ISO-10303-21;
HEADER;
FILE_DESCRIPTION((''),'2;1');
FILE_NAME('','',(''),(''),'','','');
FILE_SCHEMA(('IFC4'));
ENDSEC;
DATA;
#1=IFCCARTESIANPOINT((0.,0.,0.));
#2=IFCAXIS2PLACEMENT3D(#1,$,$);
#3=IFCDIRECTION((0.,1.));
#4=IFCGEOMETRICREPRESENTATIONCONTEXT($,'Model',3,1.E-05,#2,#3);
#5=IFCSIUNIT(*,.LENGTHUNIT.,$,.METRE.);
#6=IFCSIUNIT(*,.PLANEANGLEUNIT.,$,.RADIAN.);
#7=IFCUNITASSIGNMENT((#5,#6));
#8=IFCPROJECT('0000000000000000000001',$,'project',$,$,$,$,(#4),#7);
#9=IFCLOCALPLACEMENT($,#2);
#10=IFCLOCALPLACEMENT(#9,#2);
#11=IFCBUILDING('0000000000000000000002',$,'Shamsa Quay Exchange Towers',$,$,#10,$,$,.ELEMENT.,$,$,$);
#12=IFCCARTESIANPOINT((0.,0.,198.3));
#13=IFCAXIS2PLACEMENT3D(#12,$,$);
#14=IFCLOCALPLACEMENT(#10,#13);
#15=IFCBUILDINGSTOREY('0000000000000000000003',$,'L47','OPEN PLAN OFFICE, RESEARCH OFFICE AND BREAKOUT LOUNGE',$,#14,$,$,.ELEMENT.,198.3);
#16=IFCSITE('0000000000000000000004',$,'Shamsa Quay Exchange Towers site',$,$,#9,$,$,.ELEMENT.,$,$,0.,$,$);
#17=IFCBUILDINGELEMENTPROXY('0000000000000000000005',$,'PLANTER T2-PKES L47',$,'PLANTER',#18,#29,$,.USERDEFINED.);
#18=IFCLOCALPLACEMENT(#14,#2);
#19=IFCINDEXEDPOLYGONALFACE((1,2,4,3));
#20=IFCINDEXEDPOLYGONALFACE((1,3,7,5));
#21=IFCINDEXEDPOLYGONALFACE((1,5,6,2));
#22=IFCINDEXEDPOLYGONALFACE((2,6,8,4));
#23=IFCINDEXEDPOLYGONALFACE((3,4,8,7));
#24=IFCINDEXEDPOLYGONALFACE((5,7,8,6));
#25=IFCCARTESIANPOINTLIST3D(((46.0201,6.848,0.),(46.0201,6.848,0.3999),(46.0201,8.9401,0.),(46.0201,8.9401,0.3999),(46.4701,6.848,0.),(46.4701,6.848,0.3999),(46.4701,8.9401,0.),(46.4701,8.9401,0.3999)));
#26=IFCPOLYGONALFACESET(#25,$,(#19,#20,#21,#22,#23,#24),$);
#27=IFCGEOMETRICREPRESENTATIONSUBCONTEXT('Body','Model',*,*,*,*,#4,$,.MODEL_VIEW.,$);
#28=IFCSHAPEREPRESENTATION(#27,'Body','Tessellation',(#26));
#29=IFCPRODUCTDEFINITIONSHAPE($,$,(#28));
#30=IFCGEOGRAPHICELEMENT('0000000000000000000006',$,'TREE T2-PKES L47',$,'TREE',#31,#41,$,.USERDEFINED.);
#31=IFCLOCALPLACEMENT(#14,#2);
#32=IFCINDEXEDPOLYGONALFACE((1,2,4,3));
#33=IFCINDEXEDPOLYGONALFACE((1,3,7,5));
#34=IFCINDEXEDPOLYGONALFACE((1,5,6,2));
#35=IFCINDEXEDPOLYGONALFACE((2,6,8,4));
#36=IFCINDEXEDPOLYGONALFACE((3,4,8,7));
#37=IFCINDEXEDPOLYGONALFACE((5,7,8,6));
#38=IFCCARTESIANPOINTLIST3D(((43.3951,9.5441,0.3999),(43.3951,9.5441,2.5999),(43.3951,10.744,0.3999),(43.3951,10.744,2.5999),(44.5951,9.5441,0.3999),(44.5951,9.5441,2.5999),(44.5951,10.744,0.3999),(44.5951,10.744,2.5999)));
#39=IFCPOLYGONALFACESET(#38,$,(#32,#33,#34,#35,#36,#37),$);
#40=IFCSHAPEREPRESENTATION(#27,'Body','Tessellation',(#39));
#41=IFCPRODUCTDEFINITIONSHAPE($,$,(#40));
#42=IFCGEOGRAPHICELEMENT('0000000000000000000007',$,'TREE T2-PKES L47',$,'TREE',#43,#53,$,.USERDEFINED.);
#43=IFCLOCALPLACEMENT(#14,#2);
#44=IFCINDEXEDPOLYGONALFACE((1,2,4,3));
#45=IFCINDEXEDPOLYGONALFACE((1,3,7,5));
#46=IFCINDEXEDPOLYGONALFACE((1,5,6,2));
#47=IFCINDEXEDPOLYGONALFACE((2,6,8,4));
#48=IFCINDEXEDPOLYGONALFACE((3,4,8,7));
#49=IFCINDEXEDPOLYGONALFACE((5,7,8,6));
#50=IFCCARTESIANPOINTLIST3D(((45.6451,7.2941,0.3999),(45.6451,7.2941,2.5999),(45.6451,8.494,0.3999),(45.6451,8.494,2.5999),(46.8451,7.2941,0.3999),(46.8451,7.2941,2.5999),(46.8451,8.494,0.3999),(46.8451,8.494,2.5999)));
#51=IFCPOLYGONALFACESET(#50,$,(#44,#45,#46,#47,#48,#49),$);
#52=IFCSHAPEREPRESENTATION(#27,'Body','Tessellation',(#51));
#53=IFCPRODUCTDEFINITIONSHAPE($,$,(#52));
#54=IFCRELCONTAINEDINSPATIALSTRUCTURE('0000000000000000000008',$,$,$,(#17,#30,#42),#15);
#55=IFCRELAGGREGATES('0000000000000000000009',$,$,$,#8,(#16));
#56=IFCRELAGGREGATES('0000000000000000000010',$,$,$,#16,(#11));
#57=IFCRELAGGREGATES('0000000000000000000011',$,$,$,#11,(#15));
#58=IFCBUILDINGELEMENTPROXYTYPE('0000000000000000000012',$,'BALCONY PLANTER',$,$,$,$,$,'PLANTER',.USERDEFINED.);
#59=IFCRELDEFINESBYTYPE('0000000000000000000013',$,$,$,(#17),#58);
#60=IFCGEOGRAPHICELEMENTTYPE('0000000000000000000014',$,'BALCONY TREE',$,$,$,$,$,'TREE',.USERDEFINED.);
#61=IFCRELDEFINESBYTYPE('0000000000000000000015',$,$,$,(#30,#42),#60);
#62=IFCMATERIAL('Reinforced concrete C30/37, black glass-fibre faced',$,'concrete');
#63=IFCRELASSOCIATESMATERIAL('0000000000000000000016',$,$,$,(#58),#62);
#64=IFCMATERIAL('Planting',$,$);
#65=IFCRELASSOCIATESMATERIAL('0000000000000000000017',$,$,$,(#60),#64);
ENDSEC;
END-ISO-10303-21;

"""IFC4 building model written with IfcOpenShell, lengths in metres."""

from ifc_helpers import new_model, si_unit, direction, frame, origin, origin_2d, place, context, subcontext, project, spatial, rectangle, extrude, material, type_object, element, save


model = new_model("IFC4")

# Units and contexts
model_context = context("Model", 3, precision=1e-05, world=origin(), true_north=direction((0.0, 1.0)))
body_context = subcontext(model_context, "Body", "Model", "MODEL_VIEW")
ifc_project = project(units=[si_unit("LENGTHUNIT", "METRE"), si_unit("PLANEANGLEUNIT", "RADIAN")], contexts=[model_context])

# Site, building, storey
site_placement = place(None, origin())
site = spatial("IfcSite", under=ifc_project, at=site_placement, Name="Shamsa Quay Exchange Towers site", CompositionType="ELEMENT", RefElevation=0.0)
building_placement = place(site_placement, origin())
building = spatial("IfcBuilding", under=site, at=building_placement, Name="Shamsa Quay Exchange Towers", CompositionType="ELEMENT")
storey_placement = place(building_placement, frame((0.0, 0.0, 198.3)))
storey = spatial("IfcBuildingStorey", under=building, at=storey_placement, Name="L47", Description="OPEN PLAN OFFICE, RESEARCH OFFICE AND BREAKOUT LOUNGE", CompositionType="ELEMENT", Elevation=198.3)

# Building element proxy
ifc_material_1 = material(Name="Reinforced concrete C30/37, black glass-fibre faced", Category="concrete")
building_element_proxy_type = type_object("IfcBuildingElementProxyType", Name="BALCONY PLANTER", ElementType="PLANTER", PredefinedType="USERDEFINED", material=ifc_material_1)
for number, where, z_axis, x_axis, name in (
    (1, (46.2451, 7.894, 0.0), (0.0, 0.0, 1.0), (0.0, 1.0, 0.0), "PLANTER T2-PKES L47"),
):
    element("IfcBuildingElementProxy", number, at=place(storey_placement, frame(where, z_axis=z_axis, x_axis=x_axis)), inside=storey, type_object=building_element_proxy_type, Name=name, ObjectType="PLANTER", PredefinedType="USERDEFINED", context=body_context, shape_type="SweptSolid", body=[
        extrude(rectangle(XDim=2.092, YDim=0.45, at=origin_2d()), origin(), (0.0, 0.0, 1.0), 0.3999),
    ])

# Geographic elements
ifc_material_2 = material(Name="Planting")
geographic_element_type = type_object("IfcGeographicElementType", Name="BALCONY TREE", ElementType="TREE", PredefinedType="USERDEFINED", material=ifc_material_2)
for number, where, z_axis, x_axis, name in (
    (2, (43.9951, 10.144, 0.3999), (0.0, 0.0, 1.0), (0.0, 1.0, 0.0), "TREE T2-PKES L47"),
    (3, (46.2451, 7.894, 0.3999), (0.0, 0.0, 1.0), (0.0, 1.0, 0.0), "TREE T2-PKES L47"),
):
    element("IfcGeographicElement", number, at=place(storey_placement, frame(where, z_axis=z_axis, x_axis=x_axis)), inside=storey, type_object=geographic_element_type, Name=name, ObjectType="TREE", PredefinedType="USERDEFINED", context=body_context, shape_type="SweptSolid", body=[
        extrude(rectangle(XDim=1.2, YDim=1.2, at=origin_2d()), origin(), (0.0, 0.0, 1.0), 2.2),
    ])

save(model, "model.ifc")
